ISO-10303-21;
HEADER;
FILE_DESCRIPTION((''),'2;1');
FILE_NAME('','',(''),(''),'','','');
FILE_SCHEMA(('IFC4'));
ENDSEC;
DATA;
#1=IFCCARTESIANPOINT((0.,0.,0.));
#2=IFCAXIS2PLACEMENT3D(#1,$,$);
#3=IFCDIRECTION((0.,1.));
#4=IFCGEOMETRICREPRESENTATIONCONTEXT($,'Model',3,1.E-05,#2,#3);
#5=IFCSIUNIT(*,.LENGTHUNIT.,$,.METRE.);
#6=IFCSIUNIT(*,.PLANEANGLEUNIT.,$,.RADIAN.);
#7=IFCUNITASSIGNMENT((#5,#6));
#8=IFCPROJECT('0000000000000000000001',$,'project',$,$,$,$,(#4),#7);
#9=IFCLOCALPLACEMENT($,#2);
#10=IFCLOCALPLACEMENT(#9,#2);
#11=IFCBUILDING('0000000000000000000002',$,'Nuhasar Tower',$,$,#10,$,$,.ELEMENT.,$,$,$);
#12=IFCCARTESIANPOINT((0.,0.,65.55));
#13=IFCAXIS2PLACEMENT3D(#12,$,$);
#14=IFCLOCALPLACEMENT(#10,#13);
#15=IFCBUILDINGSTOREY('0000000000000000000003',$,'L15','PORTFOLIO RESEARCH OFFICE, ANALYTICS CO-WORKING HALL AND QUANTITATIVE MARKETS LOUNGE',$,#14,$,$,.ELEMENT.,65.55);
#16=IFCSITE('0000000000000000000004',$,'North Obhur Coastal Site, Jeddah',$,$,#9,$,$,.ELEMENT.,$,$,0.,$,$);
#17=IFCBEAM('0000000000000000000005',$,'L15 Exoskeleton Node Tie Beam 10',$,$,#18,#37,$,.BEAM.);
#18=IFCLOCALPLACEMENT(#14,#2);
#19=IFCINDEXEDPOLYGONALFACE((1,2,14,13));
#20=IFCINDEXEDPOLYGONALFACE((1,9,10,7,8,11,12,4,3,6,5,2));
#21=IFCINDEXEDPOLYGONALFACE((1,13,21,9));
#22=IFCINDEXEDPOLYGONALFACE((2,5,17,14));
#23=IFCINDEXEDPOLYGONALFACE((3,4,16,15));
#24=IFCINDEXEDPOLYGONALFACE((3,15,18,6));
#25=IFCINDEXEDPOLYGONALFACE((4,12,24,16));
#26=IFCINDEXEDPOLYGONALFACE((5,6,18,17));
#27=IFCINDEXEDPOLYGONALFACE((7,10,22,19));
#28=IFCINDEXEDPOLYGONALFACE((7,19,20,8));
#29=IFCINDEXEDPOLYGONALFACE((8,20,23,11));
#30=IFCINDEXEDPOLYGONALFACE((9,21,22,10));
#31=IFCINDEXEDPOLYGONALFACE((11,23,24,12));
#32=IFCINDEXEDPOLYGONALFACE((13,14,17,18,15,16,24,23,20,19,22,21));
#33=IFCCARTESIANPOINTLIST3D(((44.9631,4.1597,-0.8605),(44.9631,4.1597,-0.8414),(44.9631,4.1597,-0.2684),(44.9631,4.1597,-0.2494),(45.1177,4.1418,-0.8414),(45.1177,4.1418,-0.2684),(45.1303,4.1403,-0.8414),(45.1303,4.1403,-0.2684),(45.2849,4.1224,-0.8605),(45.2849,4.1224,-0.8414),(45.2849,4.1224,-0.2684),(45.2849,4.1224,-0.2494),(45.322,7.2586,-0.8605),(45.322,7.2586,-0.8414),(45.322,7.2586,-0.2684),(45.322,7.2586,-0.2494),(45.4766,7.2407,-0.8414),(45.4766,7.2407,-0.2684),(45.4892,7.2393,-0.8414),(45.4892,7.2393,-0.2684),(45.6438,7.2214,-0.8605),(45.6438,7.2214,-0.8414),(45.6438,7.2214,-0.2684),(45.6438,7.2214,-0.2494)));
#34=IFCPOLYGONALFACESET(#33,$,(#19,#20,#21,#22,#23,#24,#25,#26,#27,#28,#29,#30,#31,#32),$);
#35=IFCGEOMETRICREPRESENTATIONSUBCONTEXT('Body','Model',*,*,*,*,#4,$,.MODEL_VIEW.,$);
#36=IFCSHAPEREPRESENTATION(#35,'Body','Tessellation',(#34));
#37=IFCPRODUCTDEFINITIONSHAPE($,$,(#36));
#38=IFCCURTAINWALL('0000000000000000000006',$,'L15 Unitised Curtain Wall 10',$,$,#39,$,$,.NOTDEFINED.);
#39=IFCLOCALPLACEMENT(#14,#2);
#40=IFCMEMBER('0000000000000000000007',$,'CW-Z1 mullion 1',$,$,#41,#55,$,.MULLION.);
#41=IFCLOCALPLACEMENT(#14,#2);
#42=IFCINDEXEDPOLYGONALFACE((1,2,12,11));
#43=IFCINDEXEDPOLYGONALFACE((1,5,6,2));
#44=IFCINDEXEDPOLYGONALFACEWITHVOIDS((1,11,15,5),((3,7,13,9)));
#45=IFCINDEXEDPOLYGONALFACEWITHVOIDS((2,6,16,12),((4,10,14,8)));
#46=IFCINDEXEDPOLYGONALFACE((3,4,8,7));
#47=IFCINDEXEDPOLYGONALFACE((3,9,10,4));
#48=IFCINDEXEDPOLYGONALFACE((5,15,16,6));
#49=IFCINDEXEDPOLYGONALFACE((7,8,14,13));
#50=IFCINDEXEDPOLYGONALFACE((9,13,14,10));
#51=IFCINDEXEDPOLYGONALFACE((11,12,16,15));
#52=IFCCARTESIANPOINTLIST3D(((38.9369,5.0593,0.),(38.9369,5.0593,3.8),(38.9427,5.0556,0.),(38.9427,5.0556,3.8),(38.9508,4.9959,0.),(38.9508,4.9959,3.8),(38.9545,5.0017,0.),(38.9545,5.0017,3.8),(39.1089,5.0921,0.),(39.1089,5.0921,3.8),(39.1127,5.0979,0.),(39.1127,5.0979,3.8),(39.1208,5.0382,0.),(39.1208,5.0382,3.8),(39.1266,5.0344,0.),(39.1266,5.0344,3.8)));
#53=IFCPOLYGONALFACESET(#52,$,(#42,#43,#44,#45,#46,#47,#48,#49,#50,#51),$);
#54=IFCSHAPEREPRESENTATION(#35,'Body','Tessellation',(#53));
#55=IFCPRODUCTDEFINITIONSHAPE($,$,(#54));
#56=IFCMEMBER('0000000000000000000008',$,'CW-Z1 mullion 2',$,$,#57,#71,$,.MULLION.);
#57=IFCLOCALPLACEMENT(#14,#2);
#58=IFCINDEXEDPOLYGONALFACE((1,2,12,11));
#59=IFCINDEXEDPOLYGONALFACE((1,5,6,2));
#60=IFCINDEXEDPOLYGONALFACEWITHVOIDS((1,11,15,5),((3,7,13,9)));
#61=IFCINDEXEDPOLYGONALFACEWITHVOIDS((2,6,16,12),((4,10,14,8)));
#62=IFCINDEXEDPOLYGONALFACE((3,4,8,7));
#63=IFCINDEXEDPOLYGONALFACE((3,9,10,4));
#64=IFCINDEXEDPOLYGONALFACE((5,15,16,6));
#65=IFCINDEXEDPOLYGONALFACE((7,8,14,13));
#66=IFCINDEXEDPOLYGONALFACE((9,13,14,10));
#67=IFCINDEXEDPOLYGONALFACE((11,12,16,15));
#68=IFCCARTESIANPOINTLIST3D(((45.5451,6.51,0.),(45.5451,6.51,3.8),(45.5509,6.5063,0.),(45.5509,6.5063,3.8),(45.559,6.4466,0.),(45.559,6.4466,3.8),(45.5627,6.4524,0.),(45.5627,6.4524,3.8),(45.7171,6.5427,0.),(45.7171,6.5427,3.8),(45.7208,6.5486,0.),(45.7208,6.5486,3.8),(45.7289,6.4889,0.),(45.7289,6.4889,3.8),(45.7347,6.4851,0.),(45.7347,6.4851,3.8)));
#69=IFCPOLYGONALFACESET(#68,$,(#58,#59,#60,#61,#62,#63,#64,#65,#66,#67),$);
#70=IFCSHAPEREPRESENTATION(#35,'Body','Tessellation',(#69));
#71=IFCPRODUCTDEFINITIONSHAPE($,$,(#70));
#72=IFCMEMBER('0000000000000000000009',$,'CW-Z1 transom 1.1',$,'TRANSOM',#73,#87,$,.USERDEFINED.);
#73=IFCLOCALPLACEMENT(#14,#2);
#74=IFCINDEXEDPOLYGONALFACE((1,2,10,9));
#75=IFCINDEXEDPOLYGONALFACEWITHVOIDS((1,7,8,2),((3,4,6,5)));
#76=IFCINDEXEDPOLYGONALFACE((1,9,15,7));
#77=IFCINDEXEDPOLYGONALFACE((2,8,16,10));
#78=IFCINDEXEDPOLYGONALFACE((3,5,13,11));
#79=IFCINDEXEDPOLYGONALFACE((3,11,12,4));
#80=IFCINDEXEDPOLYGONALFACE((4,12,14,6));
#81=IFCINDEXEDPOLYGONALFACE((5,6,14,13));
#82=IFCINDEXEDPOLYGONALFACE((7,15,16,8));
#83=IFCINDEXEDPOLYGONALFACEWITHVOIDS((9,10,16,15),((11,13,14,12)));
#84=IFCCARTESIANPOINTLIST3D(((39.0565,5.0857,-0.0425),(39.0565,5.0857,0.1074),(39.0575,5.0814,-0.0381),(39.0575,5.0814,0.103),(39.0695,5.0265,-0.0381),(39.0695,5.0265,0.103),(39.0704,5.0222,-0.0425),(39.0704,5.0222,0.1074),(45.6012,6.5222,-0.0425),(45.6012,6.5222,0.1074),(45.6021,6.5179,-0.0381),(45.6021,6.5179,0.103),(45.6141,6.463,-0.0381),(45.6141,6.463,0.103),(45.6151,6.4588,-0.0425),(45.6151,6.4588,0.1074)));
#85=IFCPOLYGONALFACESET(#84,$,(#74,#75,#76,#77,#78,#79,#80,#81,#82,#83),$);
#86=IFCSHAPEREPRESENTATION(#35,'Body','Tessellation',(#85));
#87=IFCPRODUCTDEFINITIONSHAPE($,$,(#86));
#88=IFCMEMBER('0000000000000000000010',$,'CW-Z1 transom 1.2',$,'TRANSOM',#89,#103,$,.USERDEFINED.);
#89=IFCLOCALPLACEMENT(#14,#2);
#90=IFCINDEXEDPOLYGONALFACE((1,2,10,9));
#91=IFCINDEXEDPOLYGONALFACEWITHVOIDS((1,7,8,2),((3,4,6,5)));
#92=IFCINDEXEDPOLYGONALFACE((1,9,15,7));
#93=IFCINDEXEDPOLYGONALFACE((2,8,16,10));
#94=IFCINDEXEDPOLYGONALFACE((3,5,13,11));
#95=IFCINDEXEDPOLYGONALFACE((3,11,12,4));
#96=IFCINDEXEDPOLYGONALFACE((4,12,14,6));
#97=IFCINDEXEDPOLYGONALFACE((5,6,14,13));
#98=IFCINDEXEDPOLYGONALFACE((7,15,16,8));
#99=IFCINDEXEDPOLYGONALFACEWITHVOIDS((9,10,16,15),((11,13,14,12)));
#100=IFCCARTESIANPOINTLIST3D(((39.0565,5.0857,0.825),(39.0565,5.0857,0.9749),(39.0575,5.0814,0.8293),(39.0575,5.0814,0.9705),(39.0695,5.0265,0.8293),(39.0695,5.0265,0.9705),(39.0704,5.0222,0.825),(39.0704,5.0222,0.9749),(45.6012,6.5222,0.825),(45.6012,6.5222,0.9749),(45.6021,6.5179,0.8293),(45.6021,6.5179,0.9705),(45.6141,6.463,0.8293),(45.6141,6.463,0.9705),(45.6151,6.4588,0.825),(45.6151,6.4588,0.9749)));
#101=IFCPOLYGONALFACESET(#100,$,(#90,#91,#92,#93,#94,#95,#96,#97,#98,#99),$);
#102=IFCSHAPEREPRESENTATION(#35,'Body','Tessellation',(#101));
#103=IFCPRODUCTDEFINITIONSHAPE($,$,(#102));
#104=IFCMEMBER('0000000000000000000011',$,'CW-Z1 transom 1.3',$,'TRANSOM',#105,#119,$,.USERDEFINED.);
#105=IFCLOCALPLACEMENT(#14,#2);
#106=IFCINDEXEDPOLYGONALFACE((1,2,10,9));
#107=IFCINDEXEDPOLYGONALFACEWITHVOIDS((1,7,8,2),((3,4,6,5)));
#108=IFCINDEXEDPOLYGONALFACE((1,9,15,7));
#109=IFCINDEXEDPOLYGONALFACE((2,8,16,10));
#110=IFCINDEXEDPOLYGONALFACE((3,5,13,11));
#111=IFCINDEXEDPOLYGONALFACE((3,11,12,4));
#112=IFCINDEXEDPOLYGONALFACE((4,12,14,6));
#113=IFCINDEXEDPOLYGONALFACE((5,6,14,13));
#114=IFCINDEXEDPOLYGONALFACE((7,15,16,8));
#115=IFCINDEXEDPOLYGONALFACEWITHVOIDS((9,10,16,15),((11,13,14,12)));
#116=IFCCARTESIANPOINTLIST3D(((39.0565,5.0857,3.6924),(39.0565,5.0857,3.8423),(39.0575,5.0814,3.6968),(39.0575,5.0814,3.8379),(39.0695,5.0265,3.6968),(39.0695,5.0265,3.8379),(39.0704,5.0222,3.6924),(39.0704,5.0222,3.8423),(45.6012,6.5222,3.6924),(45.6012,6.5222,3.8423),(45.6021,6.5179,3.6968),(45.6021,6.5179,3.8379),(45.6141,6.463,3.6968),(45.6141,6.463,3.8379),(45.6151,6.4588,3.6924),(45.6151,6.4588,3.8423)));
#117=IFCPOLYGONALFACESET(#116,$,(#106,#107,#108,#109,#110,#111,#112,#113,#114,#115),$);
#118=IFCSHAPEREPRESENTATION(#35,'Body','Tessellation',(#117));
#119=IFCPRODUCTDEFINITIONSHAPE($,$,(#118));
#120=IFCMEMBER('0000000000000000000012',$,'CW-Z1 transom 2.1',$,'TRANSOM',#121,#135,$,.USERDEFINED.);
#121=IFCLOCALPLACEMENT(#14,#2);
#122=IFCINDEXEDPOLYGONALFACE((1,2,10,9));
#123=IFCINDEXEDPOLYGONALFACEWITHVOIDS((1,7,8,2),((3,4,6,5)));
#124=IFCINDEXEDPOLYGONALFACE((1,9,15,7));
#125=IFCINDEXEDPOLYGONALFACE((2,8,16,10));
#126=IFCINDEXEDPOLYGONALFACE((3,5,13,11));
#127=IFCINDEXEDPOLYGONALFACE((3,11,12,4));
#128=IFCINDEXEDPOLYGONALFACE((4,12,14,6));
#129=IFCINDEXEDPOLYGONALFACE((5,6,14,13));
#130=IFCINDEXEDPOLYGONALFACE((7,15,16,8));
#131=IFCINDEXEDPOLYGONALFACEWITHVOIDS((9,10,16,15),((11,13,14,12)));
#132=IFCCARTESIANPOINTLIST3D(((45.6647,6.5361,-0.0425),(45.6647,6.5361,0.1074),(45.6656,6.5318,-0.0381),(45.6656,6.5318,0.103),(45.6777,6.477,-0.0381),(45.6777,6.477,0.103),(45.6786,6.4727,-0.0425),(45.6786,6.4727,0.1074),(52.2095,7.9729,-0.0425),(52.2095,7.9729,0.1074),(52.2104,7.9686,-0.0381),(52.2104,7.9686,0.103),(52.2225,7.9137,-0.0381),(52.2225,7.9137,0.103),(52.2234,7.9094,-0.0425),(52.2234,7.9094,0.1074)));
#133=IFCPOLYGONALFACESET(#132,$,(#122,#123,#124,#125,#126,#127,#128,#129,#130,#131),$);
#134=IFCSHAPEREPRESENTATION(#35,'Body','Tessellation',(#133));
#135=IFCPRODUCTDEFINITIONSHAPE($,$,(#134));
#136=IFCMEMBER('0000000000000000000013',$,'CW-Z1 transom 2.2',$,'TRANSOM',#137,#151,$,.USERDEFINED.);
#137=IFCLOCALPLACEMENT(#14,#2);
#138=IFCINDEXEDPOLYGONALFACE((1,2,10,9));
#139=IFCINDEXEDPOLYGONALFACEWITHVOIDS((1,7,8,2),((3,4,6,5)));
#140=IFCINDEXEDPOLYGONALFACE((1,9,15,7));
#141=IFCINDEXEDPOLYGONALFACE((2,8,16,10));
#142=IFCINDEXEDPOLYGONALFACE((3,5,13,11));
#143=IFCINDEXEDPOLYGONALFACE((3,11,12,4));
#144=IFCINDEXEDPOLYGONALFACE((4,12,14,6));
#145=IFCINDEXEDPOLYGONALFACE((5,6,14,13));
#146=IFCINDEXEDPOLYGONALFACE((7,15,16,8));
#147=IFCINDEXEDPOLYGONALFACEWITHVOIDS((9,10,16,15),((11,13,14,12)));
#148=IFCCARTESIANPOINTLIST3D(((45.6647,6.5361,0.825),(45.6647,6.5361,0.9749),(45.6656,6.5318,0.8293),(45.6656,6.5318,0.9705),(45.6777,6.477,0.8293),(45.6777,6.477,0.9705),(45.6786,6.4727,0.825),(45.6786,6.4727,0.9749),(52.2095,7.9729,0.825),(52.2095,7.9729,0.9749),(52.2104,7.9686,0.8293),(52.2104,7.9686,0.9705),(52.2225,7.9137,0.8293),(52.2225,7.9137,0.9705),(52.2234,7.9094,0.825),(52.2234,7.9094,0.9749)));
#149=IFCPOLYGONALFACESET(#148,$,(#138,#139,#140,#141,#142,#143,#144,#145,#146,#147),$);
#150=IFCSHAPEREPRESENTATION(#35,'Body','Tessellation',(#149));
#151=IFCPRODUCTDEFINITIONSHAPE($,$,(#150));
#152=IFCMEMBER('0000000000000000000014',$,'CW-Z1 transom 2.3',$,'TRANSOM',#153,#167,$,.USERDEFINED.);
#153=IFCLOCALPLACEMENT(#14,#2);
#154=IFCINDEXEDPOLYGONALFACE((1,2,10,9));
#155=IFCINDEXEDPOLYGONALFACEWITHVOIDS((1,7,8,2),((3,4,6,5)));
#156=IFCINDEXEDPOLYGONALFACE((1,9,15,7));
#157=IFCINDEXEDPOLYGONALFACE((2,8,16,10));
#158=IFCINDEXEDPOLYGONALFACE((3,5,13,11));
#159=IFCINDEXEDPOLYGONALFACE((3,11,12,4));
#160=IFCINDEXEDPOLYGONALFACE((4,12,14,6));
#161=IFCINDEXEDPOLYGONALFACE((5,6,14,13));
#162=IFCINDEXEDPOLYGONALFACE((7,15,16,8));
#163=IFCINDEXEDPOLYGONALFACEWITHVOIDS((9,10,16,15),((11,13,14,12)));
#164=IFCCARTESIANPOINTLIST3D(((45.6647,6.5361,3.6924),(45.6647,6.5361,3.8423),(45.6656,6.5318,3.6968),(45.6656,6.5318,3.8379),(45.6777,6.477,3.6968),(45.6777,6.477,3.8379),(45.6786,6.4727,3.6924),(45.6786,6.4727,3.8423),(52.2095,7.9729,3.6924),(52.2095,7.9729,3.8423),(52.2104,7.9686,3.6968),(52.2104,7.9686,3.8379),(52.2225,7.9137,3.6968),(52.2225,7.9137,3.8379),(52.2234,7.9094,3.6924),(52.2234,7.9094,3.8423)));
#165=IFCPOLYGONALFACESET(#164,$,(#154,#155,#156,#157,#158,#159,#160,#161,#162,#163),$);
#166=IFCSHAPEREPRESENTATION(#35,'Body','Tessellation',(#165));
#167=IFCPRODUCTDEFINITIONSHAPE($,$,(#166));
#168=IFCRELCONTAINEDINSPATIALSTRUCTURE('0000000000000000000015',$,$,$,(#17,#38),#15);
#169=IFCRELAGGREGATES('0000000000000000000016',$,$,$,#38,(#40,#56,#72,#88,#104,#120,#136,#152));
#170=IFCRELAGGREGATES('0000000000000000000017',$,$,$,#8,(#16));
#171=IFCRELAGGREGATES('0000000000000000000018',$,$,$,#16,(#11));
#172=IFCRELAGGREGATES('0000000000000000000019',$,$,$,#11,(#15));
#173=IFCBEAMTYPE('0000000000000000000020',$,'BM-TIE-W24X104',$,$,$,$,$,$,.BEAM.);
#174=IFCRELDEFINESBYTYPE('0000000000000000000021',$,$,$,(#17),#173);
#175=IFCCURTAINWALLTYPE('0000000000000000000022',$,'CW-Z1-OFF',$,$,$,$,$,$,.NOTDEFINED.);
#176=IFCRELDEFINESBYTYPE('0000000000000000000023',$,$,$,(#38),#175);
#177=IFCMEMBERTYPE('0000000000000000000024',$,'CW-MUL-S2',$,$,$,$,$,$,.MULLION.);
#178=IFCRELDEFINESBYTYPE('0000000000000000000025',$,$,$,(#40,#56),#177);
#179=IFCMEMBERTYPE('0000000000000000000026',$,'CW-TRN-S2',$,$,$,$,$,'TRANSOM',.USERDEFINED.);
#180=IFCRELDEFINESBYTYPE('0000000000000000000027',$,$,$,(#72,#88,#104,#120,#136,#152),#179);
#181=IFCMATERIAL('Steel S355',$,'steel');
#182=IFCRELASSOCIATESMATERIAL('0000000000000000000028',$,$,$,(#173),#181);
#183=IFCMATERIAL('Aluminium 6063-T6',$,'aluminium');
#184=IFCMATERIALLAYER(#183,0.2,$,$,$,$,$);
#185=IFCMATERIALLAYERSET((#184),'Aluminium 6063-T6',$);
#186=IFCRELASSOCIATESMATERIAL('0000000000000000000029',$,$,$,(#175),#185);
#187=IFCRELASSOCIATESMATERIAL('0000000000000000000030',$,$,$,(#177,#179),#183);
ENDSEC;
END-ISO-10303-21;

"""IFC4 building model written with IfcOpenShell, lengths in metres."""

from ifc_helpers import new_model, si_unit, direction, frame, origin, origin_2d, place, context, subcontext, project, spatial, hollow_rectangle, i_section, extrude, material, layer, layer_set, material_profile, profile_set, type_object, element, aggregate, save


model = new_model("IFC4")

# Units and contexts
model_context = context("Model", 3, precision=1e-05, world=origin(), true_north=direction((0.0, 1.0)))
body_context = subcontext(model_context, "Body", "Model", "MODEL_VIEW")
ifc_project = project(units=[si_unit("LENGTHUNIT", "METRE"), si_unit("PLANEANGLEUNIT", "RADIAN")], contexts=[model_context])

# Site, building, storey
site_placement = place(None, origin())
site = spatial("IfcSite", under=ifc_project, at=site_placement, Name="North Obhur Coastal Site, Jeddah", CompositionType="ELEMENT", RefElevation=0.0)
building_placement = place(site_placement, origin())
building = spatial("IfcBuilding", under=site, at=building_placement, Name="Nuhasar Tower", CompositionType="ELEMENT")
storey_placement = place(building_placement, frame((0.0, 0.0, 65.55)))
storey = spatial("IfcBuildingStorey", under=building, at=storey_placement, Name="L15", Description="PORTFOLIO RESEARCH OFFICE, ANALYTICS CO-WORKING HALL AND QUANTITATIVE MARKETS LOUNGE", CompositionType="ELEMENT", Elevation=65.55)

# Beam
ifc_material_1 = material(Name="Steel S355", Category="steel")
ifc_material_profile_1 = material_profile(ifc_material_1, i_section(OverallWidth=0.324, OverallDepth=0.6111, WebThickness=0.0127, FlangeThickness=0.019, at=origin_2d()), Name="W24X104")
ifc_profile_set_1 = profile_set([ifc_material_profile_1], Name="Steel S355")
beam_type_1 = type_object("IfcBeamType", Name="BM-TIE-W24X104", PredefinedType="BEAM", material=ifc_profile_set_1)
beam_1_placement = place(storey_placement, frame((45.4829, 7.24, -0.5549), z_axis=(-0.115043, -0.993361, 0.0), x_axis=(0.993361, -0.115043, 0.0)))
element("IfcBeam", 1, at=beam_1_placement, inside=storey, type_object=beam_type_1, Name="L15 Exoskeleton Node Tie Beam 10", PredefinedType="BEAM", context=body_context, shape_type="SweptSolid", body=[
    extrude(i_section(OverallWidth=0.324, OverallDepth=0.6111, WebThickness=0.0127, FlangeThickness=0.019, at=origin_2d()), origin(), (0.0, 0.0, 1.0), 3.1196),
])

# Curtain wall, members
ifc_material_2 = material(Name="Aluminium 6063-T6", Category="aluminium")
ifc_layer_1 = layer(ifc_material_2, 0.2)
ifc_layer_set_1 = layer_set([ifc_layer_1], Name="Aluminium 6063-T6")
curtain_wall_type = type_object("IfcCurtainWallType", Name="CW-Z1-OFF", PredefinedType="NOTDEFINED", material=ifc_layer_set_1)
curtain_wall_placement = place(storey_placement, origin())
curtain_wall = element("IfcCurtainWall", 2, at=curtain_wall_placement, inside=storey, type_object=curtain_wall_type, Name="L15 Unitised Curtain Wall 10", PredefinedType="NOTDEFINED")
ifc_material_profile_2 = material_profile(ifc_material_2, hollow_rectangle(XDim=0.0649, YDim=0.1799, WallThickness=0.0049, at=origin_2d()), Name="CWM-2")
ifc_profile_set_2 = profile_set([ifc_material_profile_2], Name="Aluminium 6063-T6")
member_type_1 = type_object("IfcMemberType", Name="CW-MUL-S2", PredefinedType="MULLION", material=ifc_profile_set_2)
member_1_placement = place(storey_placement, frame((39.0317, 5.0469, 0.0), z_axis=(0.0, 0.0, 1.0), x_axis=(-0.214399, 0.976746, 0.0)))
member_1 = element("IfcMember", 3, at=member_1_placement, type_object=member_type_1, Name="CW-Z1 mullion 1", PredefinedType="MULLION", context=body_context, shape_type="SweptSolid", body=[
    extrude(hollow_rectangle(XDim=0.0649, YDim=0.1799, WallThickness=0.0049, at=origin_2d()), origin(), (0.0, 0.0, 1.0), 3.8),
])
member_2_placement = place(storey_placement, frame((45.6399, 6.4976, 0.0), z_axis=(0.0, 0.0, 1.0), x_axis=(-0.214399, 0.976746, 0.0)))
member_2 = element("IfcMember", 4, at=member_2_placement, type_object=member_type_1, Name="CW-Z1 mullion 2", PredefinedType="MULLION", context=body_context, shape_type="SweptSolid", body=[
    extrude(hollow_rectangle(XDim=0.0649, YDim=0.1799, WallThickness=0.0049, at=origin_2d()), origin(), (0.0, 0.0, 1.0), 3.8),
])
ifc_material_profile_3 = material_profile(ifc_material_2, hollow_rectangle(XDim=0.0649, YDim=0.1499, WallThickness=0.0044, at=origin_2d()), Name="CWT-2")
ifc_profile_set_3 = profile_set([ifc_material_profile_3], Name="Aluminium 6063-T6")
member_type_2 = type_object("IfcMemberType", Name="CW-TRN-S2", ElementType="TRANSOM", PredefinedType="USERDEFINED", material=ifc_profile_set_3)
member_3_placement = place(storey_placement, frame((39.0635, 5.054, 0.0325), z_axis=(0.976748, 0.214391, 0.0), x_axis=(-0.214391, 0.976748, 0.0)))
member_3 = element("IfcMember", 5, at=member_3_placement, type_object=member_type_2, Name="CW-Z1 transom 1.1", ObjectType="TRANSOM", PredefinedType="USERDEFINED", context=body_context, shape_type="SweptSolid", body=[
    extrude(hollow_rectangle(XDim=0.0649, YDim=0.1499, WallThickness=0.0044, at=origin_2d()), origin(), (0.0, 0.0, 1.0), 6.7004),
])
member_4_placement = place(storey_placement, frame((39.0635, 5.054, 0.8999), z_axis=(0.976748, 0.214391, 0.0), x_axis=(-0.214391, 0.976748, 0.0)))
member_4 = element("IfcMember", 6, at=member_4_placement, type_object=member_type_2, Name="CW-Z1 transom 1.2", ObjectType="TRANSOM", PredefinedType="USERDEFINED", context=body_context, shape_type="SweptSolid", body=[
    extrude(hollow_rectangle(XDim=0.0649, YDim=0.1499, WallThickness=0.0044, at=origin_2d()), origin(), (0.0, 0.0, 1.0), 6.7004),
])
member_5_placement = place(storey_placement, frame((39.0635, 5.054, 3.7673), z_axis=(0.976748, 0.214391, 0.0), x_axis=(-0.214391, 0.976748, 0.0)))
member_5 = element("IfcMember", 7, at=member_5_placement, type_object=member_type_2, Name="CW-Z1 transom 1.3", ObjectType="TRANSOM", PredefinedType="USERDEFINED", context=body_context, shape_type="SweptSolid", body=[
    extrude(hollow_rectangle(XDim=0.0649, YDim=0.1499, WallThickness=0.0044, at=origin_2d()), origin(), (0.0, 0.0, 1.0), 6.7004),
])
member_6_placement = place(storey_placement, frame((45.6716, 6.5044, 0.0325), z_axis=(0.976742, 0.214418, 0.0), x_axis=(-0.214418, 0.976742, 0.0)))
member_6 = element("IfcMember", 8, at=member_6_placement, type_object=member_type_2, Name="CW-Z1 transom 2.1", ObjectType="TRANSOM", PredefinedType="USERDEFINED", context=body_context, shape_type="SweptSolid", body=[
    extrude(hollow_rectangle(XDim=0.0649, YDim=0.1499, WallThickness=0.0044, at=origin_2d()), origin(), (0.0, 0.0, 1.0), 6.7007),
])
member_7_placement = place(storey_placement, frame((45.6716, 6.5044, 0.8999), z_axis=(0.976742, 0.214418, 0.0), x_axis=(-0.214418, 0.976742, 0.0)))
member_7 = element("IfcMember", 9, at=member_7_placement, type_object=member_type_2, Name="CW-Z1 transom 2.2", ObjectType="TRANSOM", PredefinedType="USERDEFINED", context=body_context, shape_type="SweptSolid", body=[
    extrude(hollow_rectangle(XDim=0.0649, YDim=0.1499, WallThickness=0.0044, at=origin_2d()), origin(), (0.0, 0.0, 1.0), 6.7007),
])
member_8_placement = place(storey_placement, frame((45.6716, 6.5044, 3.7673), z_axis=(0.976742, 0.214418, 0.0), x_axis=(-0.214418, 0.976742, 0.0)))
member_8 = element("IfcMember", 10, at=member_8_placement, type_object=member_type_2, Name="CW-Z1 transom 2.3", ObjectType="TRANSOM", PredefinedType="USERDEFINED", context=body_context, shape_type="SweptSolid", body=[
    extrude(hollow_rectangle(XDim=0.0649, YDim=0.1499, WallThickness=0.0044, at=origin_2d()), origin(), (0.0, 0.0, 1.0), 6.7007),
])

aggregate(curtain_wall, [member_1, member_2, member_3, member_4, member_5, member_6, member_7, member_8])

save(model, "model.ifc")
